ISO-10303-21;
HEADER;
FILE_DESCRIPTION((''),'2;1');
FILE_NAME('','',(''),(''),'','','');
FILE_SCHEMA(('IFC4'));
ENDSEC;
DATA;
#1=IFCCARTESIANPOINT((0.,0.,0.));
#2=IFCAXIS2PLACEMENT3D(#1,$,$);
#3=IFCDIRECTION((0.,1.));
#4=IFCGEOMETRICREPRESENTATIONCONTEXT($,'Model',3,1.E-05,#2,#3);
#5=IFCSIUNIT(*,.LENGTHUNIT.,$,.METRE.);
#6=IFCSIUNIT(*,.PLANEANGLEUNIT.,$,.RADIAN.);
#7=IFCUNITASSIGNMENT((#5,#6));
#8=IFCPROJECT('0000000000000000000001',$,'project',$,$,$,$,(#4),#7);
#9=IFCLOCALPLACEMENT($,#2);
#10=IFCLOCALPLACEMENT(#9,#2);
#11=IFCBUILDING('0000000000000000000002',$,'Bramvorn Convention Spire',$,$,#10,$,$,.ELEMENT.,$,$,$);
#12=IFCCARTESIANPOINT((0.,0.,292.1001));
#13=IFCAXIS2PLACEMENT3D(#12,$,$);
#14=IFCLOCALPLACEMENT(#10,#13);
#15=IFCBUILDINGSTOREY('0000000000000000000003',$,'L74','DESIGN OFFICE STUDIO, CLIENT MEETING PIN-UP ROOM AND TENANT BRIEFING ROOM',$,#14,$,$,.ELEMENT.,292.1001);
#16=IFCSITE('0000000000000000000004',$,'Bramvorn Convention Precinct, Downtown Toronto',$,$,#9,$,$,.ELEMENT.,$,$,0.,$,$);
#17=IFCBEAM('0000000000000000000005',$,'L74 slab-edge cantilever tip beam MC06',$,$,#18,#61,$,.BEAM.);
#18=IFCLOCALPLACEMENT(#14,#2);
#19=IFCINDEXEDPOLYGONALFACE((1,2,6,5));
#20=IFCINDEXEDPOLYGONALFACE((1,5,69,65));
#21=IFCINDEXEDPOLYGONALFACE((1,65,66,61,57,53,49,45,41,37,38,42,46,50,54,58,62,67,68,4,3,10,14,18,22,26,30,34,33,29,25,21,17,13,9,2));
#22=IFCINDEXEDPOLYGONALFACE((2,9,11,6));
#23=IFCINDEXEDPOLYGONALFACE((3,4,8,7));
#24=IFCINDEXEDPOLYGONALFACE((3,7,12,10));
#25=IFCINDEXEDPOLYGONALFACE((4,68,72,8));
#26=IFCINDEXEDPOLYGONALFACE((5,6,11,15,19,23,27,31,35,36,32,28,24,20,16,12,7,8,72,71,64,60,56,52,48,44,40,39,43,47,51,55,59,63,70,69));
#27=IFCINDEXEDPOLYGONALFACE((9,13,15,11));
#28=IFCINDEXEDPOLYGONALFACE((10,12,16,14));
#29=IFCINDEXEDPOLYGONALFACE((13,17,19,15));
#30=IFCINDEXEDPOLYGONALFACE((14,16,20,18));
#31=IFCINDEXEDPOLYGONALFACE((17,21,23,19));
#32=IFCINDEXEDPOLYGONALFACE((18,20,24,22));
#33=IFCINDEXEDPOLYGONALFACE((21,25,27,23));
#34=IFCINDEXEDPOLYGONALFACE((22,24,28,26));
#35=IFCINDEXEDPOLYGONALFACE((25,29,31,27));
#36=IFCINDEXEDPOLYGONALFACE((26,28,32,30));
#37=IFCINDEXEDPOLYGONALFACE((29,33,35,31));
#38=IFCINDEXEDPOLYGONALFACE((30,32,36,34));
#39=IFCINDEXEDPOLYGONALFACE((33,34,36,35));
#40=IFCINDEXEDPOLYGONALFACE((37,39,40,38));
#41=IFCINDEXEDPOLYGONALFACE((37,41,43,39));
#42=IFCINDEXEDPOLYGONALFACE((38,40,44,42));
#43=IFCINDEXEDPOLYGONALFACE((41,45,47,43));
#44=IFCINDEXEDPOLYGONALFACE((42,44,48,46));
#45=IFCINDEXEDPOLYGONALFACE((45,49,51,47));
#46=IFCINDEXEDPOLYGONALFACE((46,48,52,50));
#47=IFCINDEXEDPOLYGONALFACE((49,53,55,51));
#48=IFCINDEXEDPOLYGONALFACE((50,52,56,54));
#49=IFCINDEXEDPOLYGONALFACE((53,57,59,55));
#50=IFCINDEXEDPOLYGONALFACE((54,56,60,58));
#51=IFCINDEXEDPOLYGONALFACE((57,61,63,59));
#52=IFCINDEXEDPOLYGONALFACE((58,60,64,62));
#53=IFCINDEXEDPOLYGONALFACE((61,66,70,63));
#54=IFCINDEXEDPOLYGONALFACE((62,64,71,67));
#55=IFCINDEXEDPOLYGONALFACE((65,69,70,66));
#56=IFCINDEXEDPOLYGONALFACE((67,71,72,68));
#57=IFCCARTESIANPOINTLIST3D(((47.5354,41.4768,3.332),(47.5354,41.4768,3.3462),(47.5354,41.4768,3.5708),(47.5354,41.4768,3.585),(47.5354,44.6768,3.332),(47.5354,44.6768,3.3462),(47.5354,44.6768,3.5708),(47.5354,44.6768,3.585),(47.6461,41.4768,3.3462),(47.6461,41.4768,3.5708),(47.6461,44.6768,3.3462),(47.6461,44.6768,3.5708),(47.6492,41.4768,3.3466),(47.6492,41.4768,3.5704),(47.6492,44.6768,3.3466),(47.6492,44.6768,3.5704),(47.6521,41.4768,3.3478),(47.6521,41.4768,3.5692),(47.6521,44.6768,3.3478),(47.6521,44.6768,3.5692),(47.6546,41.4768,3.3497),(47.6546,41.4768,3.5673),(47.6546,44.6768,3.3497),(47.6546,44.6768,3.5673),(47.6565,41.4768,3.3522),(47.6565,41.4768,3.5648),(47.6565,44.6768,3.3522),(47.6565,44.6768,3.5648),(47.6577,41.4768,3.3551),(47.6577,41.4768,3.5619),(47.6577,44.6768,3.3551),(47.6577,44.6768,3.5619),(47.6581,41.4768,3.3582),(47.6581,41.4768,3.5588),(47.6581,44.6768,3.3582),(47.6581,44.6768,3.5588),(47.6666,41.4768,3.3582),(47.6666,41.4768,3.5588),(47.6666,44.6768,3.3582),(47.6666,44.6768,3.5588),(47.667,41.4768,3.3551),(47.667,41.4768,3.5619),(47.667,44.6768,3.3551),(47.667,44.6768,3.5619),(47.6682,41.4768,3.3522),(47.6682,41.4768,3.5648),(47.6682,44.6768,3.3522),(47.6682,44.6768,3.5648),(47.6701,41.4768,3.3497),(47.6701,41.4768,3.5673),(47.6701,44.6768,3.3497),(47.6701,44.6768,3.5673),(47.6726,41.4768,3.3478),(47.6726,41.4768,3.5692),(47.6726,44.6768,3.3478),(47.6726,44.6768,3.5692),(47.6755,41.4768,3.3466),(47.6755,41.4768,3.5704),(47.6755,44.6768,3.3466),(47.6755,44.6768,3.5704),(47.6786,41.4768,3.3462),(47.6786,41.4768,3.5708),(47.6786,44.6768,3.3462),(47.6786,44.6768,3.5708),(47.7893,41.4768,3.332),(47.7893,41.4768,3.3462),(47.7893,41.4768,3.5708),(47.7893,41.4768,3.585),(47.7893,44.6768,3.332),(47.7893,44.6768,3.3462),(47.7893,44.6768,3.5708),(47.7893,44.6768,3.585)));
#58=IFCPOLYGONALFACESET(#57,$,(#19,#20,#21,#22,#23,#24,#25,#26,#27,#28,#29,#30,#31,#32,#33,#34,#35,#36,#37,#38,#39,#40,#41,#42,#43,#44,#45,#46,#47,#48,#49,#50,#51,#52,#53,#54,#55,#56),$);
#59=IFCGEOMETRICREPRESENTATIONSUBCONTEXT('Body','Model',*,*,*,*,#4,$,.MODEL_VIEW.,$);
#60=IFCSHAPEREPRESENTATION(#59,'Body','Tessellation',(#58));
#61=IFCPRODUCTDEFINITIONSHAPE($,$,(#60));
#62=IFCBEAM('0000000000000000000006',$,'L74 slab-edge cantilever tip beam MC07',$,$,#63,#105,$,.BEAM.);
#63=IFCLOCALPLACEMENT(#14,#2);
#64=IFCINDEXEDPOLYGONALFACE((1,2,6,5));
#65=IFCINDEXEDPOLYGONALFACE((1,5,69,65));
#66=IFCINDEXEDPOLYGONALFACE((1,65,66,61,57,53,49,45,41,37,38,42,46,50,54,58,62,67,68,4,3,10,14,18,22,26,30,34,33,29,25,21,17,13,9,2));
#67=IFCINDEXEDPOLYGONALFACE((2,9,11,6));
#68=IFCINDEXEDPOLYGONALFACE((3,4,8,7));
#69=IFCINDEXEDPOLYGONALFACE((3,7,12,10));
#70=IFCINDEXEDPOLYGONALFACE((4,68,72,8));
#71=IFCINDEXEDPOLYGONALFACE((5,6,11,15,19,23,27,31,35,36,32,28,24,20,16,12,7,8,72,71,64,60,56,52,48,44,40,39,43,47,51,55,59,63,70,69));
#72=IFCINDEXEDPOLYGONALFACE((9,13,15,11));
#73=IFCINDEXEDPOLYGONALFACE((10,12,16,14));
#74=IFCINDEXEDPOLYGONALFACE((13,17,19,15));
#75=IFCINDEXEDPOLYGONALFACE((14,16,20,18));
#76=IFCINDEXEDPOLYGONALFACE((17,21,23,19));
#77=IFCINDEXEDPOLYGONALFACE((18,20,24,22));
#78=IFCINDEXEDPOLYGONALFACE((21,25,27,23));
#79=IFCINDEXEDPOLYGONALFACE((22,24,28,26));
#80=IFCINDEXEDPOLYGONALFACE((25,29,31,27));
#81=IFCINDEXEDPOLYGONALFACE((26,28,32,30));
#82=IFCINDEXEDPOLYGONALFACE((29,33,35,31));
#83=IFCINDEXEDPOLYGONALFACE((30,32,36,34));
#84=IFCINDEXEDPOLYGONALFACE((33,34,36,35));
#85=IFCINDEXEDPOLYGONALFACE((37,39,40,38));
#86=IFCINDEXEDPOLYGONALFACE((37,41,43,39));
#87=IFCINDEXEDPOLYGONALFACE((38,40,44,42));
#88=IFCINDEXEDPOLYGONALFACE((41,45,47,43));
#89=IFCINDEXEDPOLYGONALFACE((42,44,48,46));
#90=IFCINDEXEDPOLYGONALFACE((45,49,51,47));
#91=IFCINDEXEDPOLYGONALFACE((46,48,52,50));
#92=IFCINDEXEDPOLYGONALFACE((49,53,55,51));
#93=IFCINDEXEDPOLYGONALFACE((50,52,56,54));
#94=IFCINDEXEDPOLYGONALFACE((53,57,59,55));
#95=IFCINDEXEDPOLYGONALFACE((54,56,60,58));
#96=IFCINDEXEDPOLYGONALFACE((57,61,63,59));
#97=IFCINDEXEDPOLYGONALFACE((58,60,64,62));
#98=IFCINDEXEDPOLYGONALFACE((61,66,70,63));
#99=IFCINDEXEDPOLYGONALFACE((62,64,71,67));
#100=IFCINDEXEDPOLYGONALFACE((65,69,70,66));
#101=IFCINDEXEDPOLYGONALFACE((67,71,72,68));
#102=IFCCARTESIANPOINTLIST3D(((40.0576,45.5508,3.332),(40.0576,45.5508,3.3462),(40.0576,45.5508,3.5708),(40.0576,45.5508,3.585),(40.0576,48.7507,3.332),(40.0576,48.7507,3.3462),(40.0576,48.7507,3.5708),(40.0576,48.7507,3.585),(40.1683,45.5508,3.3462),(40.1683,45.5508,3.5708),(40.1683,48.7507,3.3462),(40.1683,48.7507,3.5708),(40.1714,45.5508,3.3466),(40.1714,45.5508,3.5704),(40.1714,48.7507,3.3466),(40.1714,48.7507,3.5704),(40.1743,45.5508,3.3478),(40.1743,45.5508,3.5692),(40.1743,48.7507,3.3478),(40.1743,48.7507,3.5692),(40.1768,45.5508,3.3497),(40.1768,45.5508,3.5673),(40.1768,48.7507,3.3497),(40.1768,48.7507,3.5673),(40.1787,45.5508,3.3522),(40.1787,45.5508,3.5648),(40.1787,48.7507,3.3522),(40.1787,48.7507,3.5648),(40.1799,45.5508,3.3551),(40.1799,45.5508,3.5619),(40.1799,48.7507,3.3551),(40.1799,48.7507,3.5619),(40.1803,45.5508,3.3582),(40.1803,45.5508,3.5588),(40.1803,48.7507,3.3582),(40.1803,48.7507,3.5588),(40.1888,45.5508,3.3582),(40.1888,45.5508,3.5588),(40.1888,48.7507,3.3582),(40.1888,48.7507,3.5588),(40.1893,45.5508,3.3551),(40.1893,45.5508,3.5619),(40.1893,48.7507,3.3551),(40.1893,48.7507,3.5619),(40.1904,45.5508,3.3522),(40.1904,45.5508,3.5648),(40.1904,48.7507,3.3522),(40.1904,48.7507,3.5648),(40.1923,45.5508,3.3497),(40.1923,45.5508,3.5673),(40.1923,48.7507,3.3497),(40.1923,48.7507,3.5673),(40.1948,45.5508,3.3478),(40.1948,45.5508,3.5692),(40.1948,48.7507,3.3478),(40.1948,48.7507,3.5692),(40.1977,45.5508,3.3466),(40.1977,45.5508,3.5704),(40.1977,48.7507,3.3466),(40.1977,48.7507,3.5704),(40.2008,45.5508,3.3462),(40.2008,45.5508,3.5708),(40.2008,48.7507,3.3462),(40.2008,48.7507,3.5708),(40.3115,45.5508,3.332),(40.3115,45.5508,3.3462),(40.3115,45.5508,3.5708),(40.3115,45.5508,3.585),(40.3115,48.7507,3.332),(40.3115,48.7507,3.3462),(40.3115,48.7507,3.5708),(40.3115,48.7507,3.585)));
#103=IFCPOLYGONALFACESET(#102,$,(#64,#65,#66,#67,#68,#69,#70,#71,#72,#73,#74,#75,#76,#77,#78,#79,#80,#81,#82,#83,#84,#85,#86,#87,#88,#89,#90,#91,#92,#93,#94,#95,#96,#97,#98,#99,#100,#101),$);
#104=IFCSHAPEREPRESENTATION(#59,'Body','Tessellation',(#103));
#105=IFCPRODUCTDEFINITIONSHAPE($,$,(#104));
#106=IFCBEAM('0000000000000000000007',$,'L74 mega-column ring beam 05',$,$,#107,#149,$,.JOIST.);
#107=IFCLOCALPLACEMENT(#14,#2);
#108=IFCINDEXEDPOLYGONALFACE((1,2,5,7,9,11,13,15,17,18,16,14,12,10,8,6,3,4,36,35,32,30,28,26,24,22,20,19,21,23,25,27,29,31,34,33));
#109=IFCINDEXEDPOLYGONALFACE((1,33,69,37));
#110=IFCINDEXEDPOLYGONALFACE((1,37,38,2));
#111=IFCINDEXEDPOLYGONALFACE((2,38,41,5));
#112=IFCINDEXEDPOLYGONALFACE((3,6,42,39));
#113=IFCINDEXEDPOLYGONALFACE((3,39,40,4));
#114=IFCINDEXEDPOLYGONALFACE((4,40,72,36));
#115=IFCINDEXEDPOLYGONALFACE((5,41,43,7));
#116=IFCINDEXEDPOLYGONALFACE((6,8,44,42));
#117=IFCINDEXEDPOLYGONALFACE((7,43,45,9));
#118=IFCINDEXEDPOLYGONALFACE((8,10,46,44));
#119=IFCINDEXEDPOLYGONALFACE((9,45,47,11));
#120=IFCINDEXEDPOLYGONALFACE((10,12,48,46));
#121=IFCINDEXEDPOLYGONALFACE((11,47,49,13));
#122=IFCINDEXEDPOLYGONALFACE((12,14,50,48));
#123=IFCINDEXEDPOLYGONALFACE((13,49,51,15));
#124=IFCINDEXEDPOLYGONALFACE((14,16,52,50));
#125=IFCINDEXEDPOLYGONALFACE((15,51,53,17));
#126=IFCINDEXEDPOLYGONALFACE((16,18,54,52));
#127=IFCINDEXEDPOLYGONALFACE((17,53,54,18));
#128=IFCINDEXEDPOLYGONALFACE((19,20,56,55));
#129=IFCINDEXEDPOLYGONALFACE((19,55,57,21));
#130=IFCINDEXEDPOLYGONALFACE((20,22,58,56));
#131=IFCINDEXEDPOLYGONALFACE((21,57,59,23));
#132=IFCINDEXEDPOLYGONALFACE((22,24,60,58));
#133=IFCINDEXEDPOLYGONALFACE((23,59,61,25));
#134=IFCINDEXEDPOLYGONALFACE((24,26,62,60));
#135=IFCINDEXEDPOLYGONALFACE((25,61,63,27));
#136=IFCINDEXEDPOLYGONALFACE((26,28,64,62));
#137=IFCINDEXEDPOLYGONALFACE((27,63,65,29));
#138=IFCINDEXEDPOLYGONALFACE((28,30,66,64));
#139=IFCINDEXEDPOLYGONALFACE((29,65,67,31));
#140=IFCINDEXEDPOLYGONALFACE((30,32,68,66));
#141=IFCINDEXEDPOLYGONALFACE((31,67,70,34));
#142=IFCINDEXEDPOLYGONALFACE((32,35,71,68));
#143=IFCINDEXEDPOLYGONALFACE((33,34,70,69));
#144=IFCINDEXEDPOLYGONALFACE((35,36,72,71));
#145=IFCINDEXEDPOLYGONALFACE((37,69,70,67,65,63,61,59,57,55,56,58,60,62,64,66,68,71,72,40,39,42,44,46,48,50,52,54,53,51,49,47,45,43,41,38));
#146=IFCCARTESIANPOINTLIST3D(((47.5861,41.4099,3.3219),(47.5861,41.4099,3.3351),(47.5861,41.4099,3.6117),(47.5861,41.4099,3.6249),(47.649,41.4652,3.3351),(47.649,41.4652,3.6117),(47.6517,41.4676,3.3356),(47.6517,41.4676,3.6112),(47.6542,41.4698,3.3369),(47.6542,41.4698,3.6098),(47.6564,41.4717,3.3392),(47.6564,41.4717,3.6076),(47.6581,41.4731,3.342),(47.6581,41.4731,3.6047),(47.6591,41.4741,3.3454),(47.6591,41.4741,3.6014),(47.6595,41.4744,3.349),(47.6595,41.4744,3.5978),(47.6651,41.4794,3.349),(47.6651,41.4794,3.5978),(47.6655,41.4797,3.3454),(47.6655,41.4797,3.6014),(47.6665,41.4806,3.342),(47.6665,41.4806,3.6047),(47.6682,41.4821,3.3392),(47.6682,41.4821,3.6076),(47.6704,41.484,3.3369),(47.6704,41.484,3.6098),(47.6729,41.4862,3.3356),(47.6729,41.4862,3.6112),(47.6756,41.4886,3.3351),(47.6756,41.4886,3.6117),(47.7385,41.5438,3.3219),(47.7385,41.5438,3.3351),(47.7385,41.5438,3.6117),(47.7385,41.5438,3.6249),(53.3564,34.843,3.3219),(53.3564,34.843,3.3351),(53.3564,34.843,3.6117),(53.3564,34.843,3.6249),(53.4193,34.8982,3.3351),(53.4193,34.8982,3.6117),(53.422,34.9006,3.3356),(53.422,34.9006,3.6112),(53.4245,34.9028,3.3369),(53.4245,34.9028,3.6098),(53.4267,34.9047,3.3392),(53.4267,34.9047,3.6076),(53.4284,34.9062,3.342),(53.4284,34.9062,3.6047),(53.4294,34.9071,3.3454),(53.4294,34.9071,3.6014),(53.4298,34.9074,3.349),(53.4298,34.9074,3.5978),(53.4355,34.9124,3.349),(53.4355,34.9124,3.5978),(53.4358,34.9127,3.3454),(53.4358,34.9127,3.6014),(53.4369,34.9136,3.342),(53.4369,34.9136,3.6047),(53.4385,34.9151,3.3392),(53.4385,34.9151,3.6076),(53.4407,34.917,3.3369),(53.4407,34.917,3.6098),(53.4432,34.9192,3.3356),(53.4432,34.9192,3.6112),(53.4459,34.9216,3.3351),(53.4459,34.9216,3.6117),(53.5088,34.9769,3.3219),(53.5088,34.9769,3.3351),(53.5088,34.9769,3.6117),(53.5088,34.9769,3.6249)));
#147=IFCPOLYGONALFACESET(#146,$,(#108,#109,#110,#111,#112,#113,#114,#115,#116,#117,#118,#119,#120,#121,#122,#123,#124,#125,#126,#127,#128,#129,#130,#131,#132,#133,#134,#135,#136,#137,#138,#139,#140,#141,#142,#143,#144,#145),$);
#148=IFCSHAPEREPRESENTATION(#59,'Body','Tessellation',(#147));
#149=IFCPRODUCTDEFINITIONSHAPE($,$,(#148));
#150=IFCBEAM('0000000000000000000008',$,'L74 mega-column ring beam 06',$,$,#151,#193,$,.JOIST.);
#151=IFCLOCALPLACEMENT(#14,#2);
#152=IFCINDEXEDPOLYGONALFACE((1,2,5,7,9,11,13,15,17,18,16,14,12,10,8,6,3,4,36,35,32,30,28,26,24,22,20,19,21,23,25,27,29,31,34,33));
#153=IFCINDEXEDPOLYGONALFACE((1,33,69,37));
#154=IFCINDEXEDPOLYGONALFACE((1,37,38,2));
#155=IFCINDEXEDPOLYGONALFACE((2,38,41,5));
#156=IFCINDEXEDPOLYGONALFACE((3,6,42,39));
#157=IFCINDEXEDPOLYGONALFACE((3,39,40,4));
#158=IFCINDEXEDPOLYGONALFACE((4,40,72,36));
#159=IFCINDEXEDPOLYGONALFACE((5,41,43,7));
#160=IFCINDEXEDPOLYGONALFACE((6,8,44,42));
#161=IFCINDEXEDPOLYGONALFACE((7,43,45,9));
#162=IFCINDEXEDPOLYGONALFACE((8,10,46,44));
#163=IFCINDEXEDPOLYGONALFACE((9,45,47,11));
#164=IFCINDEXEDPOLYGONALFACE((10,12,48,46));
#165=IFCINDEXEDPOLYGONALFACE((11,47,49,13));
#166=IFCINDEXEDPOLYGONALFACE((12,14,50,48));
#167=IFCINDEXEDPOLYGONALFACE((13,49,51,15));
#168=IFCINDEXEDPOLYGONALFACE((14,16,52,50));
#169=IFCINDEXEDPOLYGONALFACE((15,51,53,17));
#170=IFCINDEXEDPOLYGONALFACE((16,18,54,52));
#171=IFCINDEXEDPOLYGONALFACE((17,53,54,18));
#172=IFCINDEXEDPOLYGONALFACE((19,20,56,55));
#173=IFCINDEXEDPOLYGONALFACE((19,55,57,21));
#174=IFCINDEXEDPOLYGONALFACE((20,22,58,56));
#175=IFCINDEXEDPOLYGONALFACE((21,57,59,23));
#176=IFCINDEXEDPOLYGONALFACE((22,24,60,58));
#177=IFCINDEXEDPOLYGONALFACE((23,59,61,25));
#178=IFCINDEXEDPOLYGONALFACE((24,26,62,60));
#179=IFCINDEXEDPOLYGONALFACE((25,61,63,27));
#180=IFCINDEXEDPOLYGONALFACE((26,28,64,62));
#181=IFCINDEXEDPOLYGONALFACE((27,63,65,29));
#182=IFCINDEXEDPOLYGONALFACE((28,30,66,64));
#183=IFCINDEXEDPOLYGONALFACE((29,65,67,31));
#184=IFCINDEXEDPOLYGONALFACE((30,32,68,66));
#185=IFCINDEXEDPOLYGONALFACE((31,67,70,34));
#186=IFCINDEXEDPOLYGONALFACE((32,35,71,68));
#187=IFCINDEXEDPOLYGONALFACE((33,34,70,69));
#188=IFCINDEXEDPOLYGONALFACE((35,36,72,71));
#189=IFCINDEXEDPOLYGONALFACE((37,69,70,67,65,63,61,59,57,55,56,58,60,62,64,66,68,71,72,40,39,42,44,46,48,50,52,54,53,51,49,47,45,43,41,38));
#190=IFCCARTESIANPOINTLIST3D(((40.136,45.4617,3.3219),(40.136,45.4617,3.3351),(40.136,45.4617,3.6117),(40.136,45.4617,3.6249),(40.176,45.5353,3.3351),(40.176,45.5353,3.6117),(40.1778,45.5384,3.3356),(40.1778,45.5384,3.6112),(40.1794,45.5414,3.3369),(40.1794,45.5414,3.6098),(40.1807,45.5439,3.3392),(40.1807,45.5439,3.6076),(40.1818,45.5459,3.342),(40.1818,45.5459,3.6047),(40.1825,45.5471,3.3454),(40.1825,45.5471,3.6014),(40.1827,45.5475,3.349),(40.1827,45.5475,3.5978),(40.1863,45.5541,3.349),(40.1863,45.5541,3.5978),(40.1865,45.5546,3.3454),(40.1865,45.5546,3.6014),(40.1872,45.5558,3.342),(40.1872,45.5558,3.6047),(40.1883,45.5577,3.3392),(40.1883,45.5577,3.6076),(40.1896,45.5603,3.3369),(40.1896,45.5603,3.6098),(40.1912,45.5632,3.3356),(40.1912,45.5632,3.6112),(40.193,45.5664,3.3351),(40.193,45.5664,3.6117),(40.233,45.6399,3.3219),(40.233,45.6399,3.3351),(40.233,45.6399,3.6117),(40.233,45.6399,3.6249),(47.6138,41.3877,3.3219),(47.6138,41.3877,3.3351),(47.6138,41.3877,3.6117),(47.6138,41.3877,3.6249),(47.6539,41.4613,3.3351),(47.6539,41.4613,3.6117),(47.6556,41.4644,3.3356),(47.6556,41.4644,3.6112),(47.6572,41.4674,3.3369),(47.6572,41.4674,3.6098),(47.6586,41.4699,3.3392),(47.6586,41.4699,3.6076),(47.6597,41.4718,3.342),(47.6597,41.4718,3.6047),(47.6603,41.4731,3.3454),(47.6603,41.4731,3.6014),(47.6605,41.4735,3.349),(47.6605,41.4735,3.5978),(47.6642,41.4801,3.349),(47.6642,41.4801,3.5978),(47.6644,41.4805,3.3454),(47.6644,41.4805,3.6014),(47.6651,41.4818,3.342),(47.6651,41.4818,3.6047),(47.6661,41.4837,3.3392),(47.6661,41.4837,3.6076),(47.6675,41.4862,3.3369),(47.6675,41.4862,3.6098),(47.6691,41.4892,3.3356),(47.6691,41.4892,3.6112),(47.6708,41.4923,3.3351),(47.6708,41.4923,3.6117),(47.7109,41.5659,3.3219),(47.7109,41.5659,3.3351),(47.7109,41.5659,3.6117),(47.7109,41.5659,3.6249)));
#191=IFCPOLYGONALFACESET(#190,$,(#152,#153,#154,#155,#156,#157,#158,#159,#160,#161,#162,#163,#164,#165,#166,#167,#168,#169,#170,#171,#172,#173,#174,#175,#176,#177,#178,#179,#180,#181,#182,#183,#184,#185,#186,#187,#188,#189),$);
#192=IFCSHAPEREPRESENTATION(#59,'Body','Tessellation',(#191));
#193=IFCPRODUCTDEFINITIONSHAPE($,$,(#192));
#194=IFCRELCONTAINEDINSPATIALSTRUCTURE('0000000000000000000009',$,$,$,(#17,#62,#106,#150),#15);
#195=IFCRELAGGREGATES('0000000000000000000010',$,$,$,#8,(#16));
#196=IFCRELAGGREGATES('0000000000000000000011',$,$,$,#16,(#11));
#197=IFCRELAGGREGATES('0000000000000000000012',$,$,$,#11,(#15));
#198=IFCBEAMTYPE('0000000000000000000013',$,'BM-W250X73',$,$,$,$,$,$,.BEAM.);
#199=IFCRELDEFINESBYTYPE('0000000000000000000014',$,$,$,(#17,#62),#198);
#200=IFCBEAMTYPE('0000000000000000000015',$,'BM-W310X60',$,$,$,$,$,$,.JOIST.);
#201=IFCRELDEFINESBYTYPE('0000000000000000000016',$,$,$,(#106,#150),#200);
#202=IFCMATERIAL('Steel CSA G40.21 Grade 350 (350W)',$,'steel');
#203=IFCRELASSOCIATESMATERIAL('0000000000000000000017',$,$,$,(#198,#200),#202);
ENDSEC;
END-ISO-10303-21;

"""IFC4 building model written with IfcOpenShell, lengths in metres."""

from ifc_helpers import new_model, si_unit, direction, frame, origin, origin_2d, place, context, subcontext, project, spatial, i_section, extrude, material, material_profile, profile_set, type_object, element, save


model = new_model("IFC4")

# Units and contexts
model_context = context("Model", 3, precision=1e-05, world=origin(), true_north=direction((0.0, 1.0)))
body_context = subcontext(model_context, "Body", "Model", "MODEL_VIEW")
ifc_project = project(units=[si_unit("LENGTHUNIT", "METRE"), si_unit("PLANEANGLEUNIT", "RADIAN")], contexts=[model_context])

# Site, building, storey
site_placement = place(None, origin())
site = spatial("IfcSite", under=ifc_project, at=site_placement, Name="Bramvorn Convention Precinct, Downtown Toronto", CompositionType="ELEMENT", RefElevation=0.0)
building_placement = place(site_placement, origin())
building = spatial("IfcBuilding", under=site, at=building_placement, Name="Bramvorn Convention Spire", CompositionType="ELEMENT")
storey_placement = place(building_placement, frame((0.0, 0.0, 292.1001)))
storey = spatial("IfcBuildingStorey", under=building, at=storey_placement, Name="L74", Description="DESIGN OFFICE STUDIO, CLIENT MEETING PIN-UP ROOM AND TENANT BRIEFING ROOM", CompositionType="ELEMENT", Elevation=292.1001)

# Shared definitions
ifc_material_1 = material(Name="Steel CSA G40.21 Grade 350 (350W)", Category="steel")

# Beams
ifc_material_profile_1 = material_profile(ifc_material_1, i_section(OverallWidth=0.2539, OverallDepth=0.2529, WebThickness=0.0085, FlangeThickness=0.0142, FilletRadius=0.012, at=origin_2d()))
ifc_profile_set_1 = profile_set([ifc_material_profile_1], Name="Steel CSA G40.21 Grade 350 (350W) - W250X73")
beam_type_1 = type_object("IfcBeamType", Name="BM-W250X73", PredefinedType="BEAM", material=ifc_profile_set_1)
for number, where, z_axis, x_axis, name in (
    (1, (47.6624, 41.4768, 3.4585), (0.0, 1.0, 0.0), (-1.0, 0.0, 0.0), "L74 slab-edge cantilever tip beam MC06"),
    (2, (40.1846, 45.5508, 3.4585), (0.0, 1.0, 0.0), (-1.0, 0.0, 0.0), "L74 slab-edge cantilever tip beam MC07"),
):
    element("IfcBeam", number, at=place(storey_placement, frame(where, z_axis=z_axis, x_axis=x_axis)), inside=storey, type_object=beam_type_1, Name=name, PredefinedType="BEAM", context=body_context, shape_type="SweptSolid", body=[
        extrude(i_section(OverallWidth=0.2539, OverallDepth=0.2529, WebThickness=0.0085, FlangeThickness=0.0142, FilletRadius=0.012, at=origin_2d()), origin(), (0.0, 0.0, 1.0), 3.2),
    ])
ifc_material_profile_2 = material_profile(ifc_material_1, i_section(OverallWidth=0.2029, OverallDepth=0.303, WebThickness=0.0076, FlangeThickness=0.0132, FilletRadius=0.0139, at=origin_2d()))
ifc_profile_set_2 = profile_set([ifc_material_profile_2], Name="Steel CSA G40.21 Grade 350 (350W) - W310X60")
beam_type_2 = type_object("IfcBeamType", Name="BM-W310X60", PredefinedType="JOIST", material=ifc_profile_set_2)
beam_1_placement = place(storey_placement, frame((53.4326, 34.9099, 3.4734), z_axis=(-0.660073, 0.751201, 0.0), x_axis=(-0.751201, -0.660073, 0.0)))
element("IfcBeam", 3, at=beam_1_placement, inside=storey, type_object=beam_type_2, Name="L74 mega-column ring beam 05", PredefinedType="JOIST", context=body_context, shape_type="SweptSolid", body=[
    extrude(i_section(OverallWidth=0.2029, OverallDepth=0.303, WebThickness=0.0076, FlangeThickness=0.0132, FilletRadius=0.0139, at=origin_2d()), origin(), (0.0, 0.0, 1.0), 8.7419),
])
beam_2_placement = place(storey_placement, frame((47.6624, 41.4768, 3.4734), z_axis=(-0.878133, 0.478416, 0.0), x_axis=(-0.478416, -0.878133, 0.0)))
element("IfcBeam", 4, at=beam_2_placement, inside=storey, type_object=beam_type_2, Name="L74 mega-column ring beam 06", PredefinedType="JOIST", context=body_context, shape_type="SweptSolid", body=[
    extrude(i_section(OverallWidth=0.2029, OverallDepth=0.303, WebThickness=0.0076, FlangeThickness=0.0132, FilletRadius=0.0139, at=origin_2d()), origin(), (0.0, 0.0, 1.0), 8.5156),
])

save(model, "model.ifc")
